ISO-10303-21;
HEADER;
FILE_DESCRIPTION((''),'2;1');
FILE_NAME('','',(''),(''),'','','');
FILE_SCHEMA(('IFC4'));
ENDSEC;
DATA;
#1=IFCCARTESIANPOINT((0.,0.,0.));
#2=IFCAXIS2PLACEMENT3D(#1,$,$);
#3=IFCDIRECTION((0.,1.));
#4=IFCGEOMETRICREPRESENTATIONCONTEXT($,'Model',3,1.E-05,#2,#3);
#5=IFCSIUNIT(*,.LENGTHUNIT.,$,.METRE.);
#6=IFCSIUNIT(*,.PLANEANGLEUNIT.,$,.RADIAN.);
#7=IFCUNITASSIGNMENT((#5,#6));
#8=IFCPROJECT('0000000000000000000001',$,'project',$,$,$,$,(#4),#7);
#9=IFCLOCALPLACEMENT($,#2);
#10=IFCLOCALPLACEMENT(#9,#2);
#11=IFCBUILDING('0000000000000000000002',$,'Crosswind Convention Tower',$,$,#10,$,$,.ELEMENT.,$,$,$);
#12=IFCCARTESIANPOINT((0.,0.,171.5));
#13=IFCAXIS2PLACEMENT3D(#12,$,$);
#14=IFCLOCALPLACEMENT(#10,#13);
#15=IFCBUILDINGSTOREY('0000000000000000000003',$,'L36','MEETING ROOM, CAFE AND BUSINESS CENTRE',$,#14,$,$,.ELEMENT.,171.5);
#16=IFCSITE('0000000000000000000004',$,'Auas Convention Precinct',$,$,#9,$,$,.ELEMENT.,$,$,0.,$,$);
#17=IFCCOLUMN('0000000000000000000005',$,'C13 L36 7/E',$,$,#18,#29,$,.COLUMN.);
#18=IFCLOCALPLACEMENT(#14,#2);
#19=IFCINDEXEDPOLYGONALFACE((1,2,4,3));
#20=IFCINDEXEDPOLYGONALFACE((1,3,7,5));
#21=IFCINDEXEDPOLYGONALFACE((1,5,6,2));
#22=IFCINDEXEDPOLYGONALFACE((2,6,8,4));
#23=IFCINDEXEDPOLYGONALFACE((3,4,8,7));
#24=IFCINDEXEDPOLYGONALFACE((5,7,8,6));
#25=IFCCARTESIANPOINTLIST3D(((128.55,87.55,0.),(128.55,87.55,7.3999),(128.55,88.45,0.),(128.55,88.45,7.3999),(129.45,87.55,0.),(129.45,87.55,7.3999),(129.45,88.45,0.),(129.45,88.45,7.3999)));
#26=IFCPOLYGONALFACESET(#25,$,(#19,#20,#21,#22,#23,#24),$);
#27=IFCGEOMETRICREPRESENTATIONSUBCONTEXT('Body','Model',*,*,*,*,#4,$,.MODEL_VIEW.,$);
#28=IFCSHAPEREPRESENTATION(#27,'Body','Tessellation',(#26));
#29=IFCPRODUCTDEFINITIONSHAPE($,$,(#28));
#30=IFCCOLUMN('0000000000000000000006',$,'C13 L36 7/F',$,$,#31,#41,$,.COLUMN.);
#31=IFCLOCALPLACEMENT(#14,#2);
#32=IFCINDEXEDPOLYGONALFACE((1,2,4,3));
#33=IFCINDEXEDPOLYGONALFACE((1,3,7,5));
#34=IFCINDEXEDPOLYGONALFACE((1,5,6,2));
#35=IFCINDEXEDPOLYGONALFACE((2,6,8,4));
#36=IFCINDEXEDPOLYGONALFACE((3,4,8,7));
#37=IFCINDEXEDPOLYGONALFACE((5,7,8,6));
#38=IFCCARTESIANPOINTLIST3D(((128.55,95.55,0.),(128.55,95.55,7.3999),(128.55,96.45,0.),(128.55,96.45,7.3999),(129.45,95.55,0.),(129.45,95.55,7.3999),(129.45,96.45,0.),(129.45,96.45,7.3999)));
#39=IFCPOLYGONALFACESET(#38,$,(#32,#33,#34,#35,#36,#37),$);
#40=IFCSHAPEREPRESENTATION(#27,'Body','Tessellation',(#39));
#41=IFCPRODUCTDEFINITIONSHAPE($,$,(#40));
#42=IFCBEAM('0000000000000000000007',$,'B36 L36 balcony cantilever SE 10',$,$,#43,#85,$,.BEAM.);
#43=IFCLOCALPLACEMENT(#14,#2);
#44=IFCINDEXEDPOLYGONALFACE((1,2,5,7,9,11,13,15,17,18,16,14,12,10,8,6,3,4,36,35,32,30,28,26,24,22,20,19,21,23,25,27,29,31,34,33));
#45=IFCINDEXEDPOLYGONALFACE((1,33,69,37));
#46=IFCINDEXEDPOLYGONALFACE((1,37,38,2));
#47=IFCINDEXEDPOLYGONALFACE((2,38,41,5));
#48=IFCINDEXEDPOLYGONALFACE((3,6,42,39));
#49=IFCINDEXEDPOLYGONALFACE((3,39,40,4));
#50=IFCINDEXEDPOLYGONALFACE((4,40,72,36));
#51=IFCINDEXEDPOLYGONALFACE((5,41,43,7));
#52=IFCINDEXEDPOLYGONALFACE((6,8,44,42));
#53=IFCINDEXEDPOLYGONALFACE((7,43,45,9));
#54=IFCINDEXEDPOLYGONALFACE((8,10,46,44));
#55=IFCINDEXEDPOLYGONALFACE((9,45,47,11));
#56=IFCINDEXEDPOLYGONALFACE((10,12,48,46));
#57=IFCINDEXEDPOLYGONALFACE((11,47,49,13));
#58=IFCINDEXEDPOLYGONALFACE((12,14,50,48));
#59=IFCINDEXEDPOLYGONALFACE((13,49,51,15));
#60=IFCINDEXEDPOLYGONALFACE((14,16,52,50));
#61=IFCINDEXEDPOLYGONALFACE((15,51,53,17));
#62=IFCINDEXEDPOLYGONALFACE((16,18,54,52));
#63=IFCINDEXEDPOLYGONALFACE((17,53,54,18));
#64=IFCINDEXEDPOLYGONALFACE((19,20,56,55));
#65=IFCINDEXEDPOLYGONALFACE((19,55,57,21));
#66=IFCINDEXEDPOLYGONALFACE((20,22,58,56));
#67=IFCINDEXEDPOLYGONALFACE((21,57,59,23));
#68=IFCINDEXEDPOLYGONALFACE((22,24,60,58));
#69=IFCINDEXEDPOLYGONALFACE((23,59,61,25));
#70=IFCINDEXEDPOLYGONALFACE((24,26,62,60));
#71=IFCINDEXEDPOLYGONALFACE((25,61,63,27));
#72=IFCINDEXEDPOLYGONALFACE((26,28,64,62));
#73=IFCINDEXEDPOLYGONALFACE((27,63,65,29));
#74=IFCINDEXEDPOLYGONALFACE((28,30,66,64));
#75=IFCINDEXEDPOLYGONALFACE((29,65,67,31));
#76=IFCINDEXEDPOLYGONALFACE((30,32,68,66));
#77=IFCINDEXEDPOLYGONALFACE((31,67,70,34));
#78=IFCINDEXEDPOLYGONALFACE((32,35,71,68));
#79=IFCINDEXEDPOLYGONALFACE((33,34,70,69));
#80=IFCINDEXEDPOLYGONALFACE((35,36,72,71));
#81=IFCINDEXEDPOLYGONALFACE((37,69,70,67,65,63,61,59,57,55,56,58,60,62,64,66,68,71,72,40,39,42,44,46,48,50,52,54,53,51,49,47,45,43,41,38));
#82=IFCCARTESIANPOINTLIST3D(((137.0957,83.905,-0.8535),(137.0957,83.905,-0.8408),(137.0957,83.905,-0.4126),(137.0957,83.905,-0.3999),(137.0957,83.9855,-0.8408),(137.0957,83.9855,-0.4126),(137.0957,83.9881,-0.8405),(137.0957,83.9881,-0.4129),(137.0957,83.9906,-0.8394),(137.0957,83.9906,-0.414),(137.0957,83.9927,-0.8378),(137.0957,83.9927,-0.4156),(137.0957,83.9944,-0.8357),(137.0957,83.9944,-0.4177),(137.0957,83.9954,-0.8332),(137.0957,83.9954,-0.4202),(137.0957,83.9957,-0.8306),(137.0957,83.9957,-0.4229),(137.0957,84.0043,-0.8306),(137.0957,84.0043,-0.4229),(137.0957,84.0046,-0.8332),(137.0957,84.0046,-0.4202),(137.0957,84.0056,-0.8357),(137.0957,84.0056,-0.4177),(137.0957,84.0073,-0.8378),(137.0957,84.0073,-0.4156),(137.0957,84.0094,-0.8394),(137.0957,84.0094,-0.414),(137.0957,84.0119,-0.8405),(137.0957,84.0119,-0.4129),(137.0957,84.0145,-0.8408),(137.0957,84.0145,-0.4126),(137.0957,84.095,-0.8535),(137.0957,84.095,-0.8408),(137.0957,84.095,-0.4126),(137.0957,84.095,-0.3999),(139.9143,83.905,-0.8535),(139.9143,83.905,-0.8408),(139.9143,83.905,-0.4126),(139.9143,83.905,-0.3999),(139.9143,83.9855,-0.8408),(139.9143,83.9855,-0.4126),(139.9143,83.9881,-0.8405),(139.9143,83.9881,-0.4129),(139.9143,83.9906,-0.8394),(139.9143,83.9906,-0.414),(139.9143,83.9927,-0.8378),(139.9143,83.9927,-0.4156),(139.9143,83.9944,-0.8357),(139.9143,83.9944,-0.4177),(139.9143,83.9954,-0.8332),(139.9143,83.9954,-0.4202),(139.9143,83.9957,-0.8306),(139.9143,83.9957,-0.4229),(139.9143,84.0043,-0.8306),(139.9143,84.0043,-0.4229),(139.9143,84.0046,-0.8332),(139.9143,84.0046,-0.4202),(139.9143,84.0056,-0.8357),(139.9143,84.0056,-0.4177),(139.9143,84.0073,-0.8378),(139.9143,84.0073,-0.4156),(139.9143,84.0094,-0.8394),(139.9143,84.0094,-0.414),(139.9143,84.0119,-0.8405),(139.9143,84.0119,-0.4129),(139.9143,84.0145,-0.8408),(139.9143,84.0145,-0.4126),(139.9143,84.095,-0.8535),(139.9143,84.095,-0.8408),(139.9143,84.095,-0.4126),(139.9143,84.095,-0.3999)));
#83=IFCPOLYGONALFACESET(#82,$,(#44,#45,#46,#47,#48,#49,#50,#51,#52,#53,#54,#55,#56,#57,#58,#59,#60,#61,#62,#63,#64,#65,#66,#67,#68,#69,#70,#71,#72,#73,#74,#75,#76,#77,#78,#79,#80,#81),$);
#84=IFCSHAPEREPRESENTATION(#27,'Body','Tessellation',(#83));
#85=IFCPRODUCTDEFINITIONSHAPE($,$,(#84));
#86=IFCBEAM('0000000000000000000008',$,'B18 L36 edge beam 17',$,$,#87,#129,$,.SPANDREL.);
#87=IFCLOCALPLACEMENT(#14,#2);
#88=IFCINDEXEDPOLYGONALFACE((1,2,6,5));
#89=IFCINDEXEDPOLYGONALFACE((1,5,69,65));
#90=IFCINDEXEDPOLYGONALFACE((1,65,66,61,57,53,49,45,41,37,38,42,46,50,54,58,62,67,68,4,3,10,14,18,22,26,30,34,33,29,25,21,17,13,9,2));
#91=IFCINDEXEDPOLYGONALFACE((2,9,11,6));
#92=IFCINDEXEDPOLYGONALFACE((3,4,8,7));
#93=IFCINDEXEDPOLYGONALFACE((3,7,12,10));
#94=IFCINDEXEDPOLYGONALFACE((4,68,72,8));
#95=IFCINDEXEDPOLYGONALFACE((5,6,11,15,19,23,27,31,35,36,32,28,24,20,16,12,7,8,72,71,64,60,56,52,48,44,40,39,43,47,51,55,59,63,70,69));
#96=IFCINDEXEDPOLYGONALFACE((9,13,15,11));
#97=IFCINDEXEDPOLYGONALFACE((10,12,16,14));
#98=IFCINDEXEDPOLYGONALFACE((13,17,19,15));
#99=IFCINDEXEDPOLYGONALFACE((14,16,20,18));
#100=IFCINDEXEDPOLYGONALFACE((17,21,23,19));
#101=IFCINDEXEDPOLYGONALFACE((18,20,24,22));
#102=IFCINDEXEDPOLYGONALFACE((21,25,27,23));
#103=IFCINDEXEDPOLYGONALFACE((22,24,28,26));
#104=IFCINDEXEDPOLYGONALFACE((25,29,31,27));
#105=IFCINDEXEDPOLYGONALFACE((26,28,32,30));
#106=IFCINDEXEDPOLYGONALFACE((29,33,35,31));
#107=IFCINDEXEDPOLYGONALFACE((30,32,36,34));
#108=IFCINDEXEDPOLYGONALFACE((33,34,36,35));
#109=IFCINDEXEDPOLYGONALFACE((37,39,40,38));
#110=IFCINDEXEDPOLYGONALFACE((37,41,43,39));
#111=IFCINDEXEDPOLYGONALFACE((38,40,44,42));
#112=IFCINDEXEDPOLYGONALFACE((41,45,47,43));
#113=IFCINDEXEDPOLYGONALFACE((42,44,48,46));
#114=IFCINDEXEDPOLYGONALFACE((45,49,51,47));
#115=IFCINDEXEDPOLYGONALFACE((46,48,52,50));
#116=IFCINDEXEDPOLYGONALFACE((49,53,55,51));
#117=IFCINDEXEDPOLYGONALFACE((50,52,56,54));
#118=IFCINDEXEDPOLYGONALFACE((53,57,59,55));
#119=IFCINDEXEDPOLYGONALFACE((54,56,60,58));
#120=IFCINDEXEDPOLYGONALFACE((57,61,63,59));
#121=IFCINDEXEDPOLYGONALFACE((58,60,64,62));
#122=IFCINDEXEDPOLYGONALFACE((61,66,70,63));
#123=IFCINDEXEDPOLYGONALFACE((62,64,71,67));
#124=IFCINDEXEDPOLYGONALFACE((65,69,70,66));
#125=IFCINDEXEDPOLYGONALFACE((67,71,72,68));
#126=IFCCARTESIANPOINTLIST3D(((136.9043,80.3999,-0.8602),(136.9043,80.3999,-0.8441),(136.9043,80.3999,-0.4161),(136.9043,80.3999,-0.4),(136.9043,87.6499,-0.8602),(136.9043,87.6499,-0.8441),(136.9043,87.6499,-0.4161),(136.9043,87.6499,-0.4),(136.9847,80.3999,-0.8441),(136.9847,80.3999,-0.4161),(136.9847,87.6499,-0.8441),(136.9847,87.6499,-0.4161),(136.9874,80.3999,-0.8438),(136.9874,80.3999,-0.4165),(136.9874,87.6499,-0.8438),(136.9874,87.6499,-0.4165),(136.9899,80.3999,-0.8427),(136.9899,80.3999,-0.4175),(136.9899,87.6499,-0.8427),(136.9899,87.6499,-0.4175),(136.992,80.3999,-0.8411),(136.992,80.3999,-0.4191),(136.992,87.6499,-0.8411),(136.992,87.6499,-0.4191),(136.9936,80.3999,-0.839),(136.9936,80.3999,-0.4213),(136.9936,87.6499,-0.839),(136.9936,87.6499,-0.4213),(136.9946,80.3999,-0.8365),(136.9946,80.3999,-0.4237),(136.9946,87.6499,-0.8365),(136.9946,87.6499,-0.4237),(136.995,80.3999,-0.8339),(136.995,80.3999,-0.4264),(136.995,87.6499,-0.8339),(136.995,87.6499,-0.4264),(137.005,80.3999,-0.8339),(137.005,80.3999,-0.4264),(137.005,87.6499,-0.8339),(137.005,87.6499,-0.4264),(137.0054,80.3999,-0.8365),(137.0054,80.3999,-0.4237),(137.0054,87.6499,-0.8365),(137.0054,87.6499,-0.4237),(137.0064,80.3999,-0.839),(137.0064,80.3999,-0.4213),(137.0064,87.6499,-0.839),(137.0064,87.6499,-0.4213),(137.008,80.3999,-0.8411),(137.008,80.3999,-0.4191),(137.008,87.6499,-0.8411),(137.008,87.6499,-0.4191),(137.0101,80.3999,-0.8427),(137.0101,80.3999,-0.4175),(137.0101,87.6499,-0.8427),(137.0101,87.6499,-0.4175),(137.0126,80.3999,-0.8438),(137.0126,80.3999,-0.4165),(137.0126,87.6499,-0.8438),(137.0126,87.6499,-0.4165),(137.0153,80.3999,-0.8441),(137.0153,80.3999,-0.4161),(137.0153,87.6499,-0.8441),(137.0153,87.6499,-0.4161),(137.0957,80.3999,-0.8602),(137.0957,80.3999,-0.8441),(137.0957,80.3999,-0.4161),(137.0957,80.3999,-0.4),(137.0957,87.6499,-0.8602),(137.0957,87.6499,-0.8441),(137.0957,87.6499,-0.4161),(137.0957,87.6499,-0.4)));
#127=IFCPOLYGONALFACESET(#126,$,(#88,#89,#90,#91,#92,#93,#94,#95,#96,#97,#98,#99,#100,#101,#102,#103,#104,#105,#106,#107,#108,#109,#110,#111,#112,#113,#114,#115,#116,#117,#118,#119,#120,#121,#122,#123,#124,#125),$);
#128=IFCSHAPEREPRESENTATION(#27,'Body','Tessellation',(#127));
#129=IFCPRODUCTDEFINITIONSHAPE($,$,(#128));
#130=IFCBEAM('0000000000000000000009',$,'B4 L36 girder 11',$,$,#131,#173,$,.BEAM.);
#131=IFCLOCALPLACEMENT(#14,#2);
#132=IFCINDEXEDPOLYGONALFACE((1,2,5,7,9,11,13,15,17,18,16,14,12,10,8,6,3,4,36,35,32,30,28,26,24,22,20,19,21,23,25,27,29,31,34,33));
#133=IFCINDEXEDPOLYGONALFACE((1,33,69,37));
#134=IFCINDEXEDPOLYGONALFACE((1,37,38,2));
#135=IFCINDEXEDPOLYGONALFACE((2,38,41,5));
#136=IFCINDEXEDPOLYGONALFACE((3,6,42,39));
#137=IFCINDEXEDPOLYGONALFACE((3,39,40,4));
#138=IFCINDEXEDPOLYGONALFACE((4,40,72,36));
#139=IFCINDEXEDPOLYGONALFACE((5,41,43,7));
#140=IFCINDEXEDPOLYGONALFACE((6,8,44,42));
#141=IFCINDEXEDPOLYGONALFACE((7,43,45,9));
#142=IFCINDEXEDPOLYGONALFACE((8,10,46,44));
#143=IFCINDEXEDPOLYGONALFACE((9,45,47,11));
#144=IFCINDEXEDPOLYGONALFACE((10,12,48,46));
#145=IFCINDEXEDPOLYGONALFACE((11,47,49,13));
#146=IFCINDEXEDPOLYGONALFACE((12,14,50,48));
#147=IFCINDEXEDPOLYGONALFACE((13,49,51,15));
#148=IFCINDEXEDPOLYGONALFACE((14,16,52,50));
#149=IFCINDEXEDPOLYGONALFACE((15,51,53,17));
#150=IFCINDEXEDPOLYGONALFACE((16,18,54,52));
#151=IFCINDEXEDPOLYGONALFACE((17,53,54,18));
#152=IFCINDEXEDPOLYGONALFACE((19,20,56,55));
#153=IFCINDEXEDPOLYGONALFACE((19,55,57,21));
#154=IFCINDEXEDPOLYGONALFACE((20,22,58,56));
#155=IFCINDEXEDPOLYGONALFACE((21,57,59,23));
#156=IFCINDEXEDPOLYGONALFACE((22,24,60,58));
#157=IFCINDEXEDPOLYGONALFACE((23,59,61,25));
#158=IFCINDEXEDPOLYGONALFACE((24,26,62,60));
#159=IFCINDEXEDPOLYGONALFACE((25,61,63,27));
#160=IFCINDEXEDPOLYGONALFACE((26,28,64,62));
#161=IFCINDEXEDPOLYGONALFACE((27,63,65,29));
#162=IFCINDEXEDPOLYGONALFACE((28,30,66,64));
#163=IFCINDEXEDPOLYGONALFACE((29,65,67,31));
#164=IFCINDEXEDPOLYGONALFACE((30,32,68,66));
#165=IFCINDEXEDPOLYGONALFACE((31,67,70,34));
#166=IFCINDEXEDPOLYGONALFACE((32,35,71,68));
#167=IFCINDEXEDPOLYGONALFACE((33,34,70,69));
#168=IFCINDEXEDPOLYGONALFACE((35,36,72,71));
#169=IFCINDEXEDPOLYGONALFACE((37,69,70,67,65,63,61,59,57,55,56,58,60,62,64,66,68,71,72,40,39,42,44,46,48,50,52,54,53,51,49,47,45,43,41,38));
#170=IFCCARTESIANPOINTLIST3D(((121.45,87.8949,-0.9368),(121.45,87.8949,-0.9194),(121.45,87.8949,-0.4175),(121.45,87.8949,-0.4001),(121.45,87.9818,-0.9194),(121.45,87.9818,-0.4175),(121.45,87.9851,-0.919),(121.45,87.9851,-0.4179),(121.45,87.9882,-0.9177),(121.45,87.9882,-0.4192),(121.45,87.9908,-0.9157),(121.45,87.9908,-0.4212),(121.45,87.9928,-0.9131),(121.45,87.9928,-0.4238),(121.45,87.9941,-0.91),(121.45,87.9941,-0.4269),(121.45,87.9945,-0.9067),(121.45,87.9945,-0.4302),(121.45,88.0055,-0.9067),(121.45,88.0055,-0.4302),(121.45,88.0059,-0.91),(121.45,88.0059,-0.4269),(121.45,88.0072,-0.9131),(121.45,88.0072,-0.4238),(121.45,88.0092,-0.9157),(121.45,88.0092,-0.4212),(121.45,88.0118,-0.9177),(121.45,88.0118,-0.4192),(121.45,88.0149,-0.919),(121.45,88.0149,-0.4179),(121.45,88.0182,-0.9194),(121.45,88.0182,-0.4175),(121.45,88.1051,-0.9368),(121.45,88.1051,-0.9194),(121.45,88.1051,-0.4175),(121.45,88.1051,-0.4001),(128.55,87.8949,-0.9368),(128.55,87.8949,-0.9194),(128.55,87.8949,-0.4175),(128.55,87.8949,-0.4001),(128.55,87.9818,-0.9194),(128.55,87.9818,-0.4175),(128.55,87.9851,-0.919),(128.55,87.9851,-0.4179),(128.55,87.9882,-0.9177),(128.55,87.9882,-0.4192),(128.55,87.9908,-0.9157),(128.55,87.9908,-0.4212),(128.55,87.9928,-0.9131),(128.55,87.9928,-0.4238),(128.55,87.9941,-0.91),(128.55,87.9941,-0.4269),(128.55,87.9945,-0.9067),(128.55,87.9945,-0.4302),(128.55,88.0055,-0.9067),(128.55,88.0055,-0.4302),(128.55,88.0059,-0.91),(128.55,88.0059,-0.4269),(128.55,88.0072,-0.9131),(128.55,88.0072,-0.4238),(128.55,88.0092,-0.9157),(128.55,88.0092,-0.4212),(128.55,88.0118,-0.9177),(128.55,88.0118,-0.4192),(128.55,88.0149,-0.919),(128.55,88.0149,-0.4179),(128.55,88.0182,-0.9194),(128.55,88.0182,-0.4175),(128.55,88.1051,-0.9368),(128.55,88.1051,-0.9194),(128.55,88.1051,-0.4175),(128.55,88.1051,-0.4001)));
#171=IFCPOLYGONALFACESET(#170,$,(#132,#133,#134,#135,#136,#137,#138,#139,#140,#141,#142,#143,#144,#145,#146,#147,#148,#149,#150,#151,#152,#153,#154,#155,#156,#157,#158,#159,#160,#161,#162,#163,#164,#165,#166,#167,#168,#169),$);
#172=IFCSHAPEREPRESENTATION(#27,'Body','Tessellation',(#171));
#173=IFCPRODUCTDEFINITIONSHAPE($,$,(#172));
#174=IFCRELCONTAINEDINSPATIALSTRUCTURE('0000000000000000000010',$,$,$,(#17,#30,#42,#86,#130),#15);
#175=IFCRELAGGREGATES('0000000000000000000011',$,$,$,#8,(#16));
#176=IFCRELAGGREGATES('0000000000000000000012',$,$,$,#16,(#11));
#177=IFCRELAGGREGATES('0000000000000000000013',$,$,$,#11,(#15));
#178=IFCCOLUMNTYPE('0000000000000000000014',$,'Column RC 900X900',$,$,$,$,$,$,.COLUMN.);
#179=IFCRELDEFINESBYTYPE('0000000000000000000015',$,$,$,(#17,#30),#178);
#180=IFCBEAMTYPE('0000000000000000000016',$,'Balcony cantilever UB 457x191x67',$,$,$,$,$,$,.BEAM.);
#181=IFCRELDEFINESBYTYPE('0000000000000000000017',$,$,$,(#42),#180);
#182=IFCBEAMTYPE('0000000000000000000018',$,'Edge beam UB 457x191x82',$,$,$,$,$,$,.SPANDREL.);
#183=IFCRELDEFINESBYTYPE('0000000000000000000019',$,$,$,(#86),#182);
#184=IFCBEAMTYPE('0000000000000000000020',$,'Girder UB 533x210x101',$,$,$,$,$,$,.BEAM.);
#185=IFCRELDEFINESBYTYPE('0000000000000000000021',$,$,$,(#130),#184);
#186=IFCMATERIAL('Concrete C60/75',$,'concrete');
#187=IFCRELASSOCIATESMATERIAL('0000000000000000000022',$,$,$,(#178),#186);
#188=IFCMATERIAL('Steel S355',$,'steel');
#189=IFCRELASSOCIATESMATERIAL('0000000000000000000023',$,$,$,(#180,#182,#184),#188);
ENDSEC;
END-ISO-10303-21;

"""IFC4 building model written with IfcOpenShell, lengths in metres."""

from ifc_helpers import new_model, si_unit, direction, frame, origin, origin_2d, place, context, subcontext, project, spatial, rectangle, i_section, extrude, material, material_profile, profile_set, type_object, element, save


model = new_model("IFC4")

# Units and contexts
model_context = context("Model", 3, precision=1e-05, world=origin(), true_north=direction((0.0, 1.0)))
body_context = subcontext(model_context, "Body", "Model", "MODEL_VIEW")
ifc_project = project(units=[si_unit("LENGTHUNIT", "METRE"), si_unit("PLANEANGLEUNIT", "RADIAN")], contexts=[model_context])

# Site, building, storey
site_placement = place(None, origin())
site = spatial("IfcSite", under=ifc_project, at=site_placement, Name="Auas Convention Precinct", CompositionType="ELEMENT", RefElevation=0.0)
building_placement = place(site_placement, origin())
building = spatial("IfcBuilding", under=site, at=building_placement, Name="Crosswind Convention Tower", CompositionType="ELEMENT")
storey_placement = place(building_placement, frame((0.0, 0.0, 171.5)))
storey = spatial("IfcBuildingStorey", under=building, at=storey_placement, Name="L36", Description="MEETING ROOM, CAFE AND BUSINESS CENTRE", CompositionType="ELEMENT", Elevation=171.5)

# Columns
ifc_material_1 = material(Name="Concrete C60/75", Category="concrete")
ifc_material_profile_1 = material_profile(ifc_material_1, rectangle(XDim=0.8999, YDim=0.8999, at=origin_2d()), Name="RC 900X900")
ifc_profile_set_1 = profile_set([ifc_material_profile_1], Name="Concrete C60/75")
column_type = type_object("IfcColumnType", Name="Column RC 900X900", PredefinedType="COLUMN", material=ifc_profile_set_1)
for number, where, z_axis, x_axis, name in (
    (1, (129.0, 88.0, 0.0), (0.0, 0.0, 1.0), (1.0, 0.0, 0.0), "C13 L36 7/E"),
    (2, (129.0, 96.0, 0.0), (0.0, 0.0, 1.0), (1.0, 0.0, 0.0), "C13 L36 7/F"),
):
    element("IfcColumn", number, at=place(storey_placement, frame(where, z_axis=z_axis, x_axis=x_axis)), inside=storey, type_object=column_type, Name=name, PredefinedType="COLUMN", context=body_context, shape_type="SweptSolid", body=[
        extrude(rectangle(XDim=0.8999, YDim=0.8999, at=origin_2d()), origin(), (0.0, 0.0, 1.0), 7.3999),
    ])

# Beams
ifc_material_2 = material(Name="Steel S355", Category="steel")
ifc_material_profile_2 = material_profile(ifc_material_2, i_section(OverallWidth=0.1899, OverallDepth=0.4536, WebThickness=0.0085, FlangeThickness=0.0127, FilletRadius=0.0103, at=origin_2d()), Name="UB 457x191x67")
ifc_profile_set_2 = profile_set([ifc_material_profile_2], Name="Steel S355")
beam_type_1 = type_object("IfcBeamType", Name="Balcony cantilever UB 457x191x67", PredefinedType="BEAM", material=ifc_profile_set_2)
beam_1_placement = place(storey_placement, frame((137.0957, 84.0, -0.6267), z_axis=(1.0, 0.0, 0.0), x_axis=(0.0, 1.0, 0.0)))
element("IfcBeam", 3, at=beam_1_placement, inside=storey, type_object=beam_type_1, Name="B36 L36 balcony cantilever SE 10", PredefinedType="BEAM", context=body_context, shape_type="SweptSolid", body=[
    extrude(i_section(OverallWidth=0.1899, OverallDepth=0.4536, WebThickness=0.0085, FlangeThickness=0.0127, FilletRadius=0.0103, at=origin_2d()), origin(), (0.0, 0.0, 1.0), 2.8186),
])
ifc_material_profile_3 = material_profile(ifc_material_2, i_section(OverallWidth=0.1914, OverallDepth=0.4602, WebThickness=0.01, FlangeThickness=0.0161, FilletRadius=0.0103, at=origin_2d()), Name="UB 457x191x82")
ifc_profile_set_3 = profile_set([ifc_material_profile_3], Name="Steel S355")
beam_type_2 = type_object("IfcBeamType", Name="Edge beam UB 457x191x82", PredefinedType="SPANDREL", material=ifc_profile_set_3)
beam_2_placement = place(storey_placement, frame((137.0, 80.3999, -0.6301), z_axis=(0.0, 1.0, 0.0), x_axis=(-1.0, 0.0, 0.0)))
element("IfcBeam", 4, at=beam_2_placement, inside=storey, type_object=beam_type_2, Name="B18 L36 edge beam 17", PredefinedType="SPANDREL", context=body_context, shape_type="SweptSolid", body=[
    extrude(i_section(OverallWidth=0.1914, OverallDepth=0.4602, WebThickness=0.01, FlangeThickness=0.0161, FilletRadius=0.0103, at=origin_2d()), origin(), (0.0, 0.0, 1.0), 7.25),
])
ifc_material_profile_4 = material_profile(ifc_material_2, i_section(OverallWidth=0.2102, OverallDepth=0.5366, WebThickness=0.011, FlangeThickness=0.0173, FilletRadius=0.0127, at=origin_2d()), Name="UB 533x210x101")
ifc_profile_set_4 = profile_set([ifc_material_profile_4], Name="Steel S355")
beam_type_3 = type_object("IfcBeamType", Name="Girder UB 533x210x101", PredefinedType="BEAM", material=ifc_profile_set_4)
for number, where, z_axis, x_axis, name in (
    (5, (121.45, 88.0, -0.6685), (1.0, 0.0, 0.0), (0.0, 1.0, 0.0), "B4 L36 girder 11"),
):
    element("IfcBeam", number, at=place(storey_placement, frame(where, z_axis=z_axis, x_axis=x_axis)), inside=storey, type_object=beam_type_3, Name=name, PredefinedType="BEAM", context=body_context, shape_type="SweptSolid", body=[
        extrude(i_section(OverallWidth=0.2102, OverallDepth=0.5366, WebThickness=0.011, FlangeThickness=0.0173, FilletRadius=0.0127, at=origin_2d()), origin(), (0.0, 0.0, 1.0), 7.1001),
    ])

save(model, "model.ifc")
